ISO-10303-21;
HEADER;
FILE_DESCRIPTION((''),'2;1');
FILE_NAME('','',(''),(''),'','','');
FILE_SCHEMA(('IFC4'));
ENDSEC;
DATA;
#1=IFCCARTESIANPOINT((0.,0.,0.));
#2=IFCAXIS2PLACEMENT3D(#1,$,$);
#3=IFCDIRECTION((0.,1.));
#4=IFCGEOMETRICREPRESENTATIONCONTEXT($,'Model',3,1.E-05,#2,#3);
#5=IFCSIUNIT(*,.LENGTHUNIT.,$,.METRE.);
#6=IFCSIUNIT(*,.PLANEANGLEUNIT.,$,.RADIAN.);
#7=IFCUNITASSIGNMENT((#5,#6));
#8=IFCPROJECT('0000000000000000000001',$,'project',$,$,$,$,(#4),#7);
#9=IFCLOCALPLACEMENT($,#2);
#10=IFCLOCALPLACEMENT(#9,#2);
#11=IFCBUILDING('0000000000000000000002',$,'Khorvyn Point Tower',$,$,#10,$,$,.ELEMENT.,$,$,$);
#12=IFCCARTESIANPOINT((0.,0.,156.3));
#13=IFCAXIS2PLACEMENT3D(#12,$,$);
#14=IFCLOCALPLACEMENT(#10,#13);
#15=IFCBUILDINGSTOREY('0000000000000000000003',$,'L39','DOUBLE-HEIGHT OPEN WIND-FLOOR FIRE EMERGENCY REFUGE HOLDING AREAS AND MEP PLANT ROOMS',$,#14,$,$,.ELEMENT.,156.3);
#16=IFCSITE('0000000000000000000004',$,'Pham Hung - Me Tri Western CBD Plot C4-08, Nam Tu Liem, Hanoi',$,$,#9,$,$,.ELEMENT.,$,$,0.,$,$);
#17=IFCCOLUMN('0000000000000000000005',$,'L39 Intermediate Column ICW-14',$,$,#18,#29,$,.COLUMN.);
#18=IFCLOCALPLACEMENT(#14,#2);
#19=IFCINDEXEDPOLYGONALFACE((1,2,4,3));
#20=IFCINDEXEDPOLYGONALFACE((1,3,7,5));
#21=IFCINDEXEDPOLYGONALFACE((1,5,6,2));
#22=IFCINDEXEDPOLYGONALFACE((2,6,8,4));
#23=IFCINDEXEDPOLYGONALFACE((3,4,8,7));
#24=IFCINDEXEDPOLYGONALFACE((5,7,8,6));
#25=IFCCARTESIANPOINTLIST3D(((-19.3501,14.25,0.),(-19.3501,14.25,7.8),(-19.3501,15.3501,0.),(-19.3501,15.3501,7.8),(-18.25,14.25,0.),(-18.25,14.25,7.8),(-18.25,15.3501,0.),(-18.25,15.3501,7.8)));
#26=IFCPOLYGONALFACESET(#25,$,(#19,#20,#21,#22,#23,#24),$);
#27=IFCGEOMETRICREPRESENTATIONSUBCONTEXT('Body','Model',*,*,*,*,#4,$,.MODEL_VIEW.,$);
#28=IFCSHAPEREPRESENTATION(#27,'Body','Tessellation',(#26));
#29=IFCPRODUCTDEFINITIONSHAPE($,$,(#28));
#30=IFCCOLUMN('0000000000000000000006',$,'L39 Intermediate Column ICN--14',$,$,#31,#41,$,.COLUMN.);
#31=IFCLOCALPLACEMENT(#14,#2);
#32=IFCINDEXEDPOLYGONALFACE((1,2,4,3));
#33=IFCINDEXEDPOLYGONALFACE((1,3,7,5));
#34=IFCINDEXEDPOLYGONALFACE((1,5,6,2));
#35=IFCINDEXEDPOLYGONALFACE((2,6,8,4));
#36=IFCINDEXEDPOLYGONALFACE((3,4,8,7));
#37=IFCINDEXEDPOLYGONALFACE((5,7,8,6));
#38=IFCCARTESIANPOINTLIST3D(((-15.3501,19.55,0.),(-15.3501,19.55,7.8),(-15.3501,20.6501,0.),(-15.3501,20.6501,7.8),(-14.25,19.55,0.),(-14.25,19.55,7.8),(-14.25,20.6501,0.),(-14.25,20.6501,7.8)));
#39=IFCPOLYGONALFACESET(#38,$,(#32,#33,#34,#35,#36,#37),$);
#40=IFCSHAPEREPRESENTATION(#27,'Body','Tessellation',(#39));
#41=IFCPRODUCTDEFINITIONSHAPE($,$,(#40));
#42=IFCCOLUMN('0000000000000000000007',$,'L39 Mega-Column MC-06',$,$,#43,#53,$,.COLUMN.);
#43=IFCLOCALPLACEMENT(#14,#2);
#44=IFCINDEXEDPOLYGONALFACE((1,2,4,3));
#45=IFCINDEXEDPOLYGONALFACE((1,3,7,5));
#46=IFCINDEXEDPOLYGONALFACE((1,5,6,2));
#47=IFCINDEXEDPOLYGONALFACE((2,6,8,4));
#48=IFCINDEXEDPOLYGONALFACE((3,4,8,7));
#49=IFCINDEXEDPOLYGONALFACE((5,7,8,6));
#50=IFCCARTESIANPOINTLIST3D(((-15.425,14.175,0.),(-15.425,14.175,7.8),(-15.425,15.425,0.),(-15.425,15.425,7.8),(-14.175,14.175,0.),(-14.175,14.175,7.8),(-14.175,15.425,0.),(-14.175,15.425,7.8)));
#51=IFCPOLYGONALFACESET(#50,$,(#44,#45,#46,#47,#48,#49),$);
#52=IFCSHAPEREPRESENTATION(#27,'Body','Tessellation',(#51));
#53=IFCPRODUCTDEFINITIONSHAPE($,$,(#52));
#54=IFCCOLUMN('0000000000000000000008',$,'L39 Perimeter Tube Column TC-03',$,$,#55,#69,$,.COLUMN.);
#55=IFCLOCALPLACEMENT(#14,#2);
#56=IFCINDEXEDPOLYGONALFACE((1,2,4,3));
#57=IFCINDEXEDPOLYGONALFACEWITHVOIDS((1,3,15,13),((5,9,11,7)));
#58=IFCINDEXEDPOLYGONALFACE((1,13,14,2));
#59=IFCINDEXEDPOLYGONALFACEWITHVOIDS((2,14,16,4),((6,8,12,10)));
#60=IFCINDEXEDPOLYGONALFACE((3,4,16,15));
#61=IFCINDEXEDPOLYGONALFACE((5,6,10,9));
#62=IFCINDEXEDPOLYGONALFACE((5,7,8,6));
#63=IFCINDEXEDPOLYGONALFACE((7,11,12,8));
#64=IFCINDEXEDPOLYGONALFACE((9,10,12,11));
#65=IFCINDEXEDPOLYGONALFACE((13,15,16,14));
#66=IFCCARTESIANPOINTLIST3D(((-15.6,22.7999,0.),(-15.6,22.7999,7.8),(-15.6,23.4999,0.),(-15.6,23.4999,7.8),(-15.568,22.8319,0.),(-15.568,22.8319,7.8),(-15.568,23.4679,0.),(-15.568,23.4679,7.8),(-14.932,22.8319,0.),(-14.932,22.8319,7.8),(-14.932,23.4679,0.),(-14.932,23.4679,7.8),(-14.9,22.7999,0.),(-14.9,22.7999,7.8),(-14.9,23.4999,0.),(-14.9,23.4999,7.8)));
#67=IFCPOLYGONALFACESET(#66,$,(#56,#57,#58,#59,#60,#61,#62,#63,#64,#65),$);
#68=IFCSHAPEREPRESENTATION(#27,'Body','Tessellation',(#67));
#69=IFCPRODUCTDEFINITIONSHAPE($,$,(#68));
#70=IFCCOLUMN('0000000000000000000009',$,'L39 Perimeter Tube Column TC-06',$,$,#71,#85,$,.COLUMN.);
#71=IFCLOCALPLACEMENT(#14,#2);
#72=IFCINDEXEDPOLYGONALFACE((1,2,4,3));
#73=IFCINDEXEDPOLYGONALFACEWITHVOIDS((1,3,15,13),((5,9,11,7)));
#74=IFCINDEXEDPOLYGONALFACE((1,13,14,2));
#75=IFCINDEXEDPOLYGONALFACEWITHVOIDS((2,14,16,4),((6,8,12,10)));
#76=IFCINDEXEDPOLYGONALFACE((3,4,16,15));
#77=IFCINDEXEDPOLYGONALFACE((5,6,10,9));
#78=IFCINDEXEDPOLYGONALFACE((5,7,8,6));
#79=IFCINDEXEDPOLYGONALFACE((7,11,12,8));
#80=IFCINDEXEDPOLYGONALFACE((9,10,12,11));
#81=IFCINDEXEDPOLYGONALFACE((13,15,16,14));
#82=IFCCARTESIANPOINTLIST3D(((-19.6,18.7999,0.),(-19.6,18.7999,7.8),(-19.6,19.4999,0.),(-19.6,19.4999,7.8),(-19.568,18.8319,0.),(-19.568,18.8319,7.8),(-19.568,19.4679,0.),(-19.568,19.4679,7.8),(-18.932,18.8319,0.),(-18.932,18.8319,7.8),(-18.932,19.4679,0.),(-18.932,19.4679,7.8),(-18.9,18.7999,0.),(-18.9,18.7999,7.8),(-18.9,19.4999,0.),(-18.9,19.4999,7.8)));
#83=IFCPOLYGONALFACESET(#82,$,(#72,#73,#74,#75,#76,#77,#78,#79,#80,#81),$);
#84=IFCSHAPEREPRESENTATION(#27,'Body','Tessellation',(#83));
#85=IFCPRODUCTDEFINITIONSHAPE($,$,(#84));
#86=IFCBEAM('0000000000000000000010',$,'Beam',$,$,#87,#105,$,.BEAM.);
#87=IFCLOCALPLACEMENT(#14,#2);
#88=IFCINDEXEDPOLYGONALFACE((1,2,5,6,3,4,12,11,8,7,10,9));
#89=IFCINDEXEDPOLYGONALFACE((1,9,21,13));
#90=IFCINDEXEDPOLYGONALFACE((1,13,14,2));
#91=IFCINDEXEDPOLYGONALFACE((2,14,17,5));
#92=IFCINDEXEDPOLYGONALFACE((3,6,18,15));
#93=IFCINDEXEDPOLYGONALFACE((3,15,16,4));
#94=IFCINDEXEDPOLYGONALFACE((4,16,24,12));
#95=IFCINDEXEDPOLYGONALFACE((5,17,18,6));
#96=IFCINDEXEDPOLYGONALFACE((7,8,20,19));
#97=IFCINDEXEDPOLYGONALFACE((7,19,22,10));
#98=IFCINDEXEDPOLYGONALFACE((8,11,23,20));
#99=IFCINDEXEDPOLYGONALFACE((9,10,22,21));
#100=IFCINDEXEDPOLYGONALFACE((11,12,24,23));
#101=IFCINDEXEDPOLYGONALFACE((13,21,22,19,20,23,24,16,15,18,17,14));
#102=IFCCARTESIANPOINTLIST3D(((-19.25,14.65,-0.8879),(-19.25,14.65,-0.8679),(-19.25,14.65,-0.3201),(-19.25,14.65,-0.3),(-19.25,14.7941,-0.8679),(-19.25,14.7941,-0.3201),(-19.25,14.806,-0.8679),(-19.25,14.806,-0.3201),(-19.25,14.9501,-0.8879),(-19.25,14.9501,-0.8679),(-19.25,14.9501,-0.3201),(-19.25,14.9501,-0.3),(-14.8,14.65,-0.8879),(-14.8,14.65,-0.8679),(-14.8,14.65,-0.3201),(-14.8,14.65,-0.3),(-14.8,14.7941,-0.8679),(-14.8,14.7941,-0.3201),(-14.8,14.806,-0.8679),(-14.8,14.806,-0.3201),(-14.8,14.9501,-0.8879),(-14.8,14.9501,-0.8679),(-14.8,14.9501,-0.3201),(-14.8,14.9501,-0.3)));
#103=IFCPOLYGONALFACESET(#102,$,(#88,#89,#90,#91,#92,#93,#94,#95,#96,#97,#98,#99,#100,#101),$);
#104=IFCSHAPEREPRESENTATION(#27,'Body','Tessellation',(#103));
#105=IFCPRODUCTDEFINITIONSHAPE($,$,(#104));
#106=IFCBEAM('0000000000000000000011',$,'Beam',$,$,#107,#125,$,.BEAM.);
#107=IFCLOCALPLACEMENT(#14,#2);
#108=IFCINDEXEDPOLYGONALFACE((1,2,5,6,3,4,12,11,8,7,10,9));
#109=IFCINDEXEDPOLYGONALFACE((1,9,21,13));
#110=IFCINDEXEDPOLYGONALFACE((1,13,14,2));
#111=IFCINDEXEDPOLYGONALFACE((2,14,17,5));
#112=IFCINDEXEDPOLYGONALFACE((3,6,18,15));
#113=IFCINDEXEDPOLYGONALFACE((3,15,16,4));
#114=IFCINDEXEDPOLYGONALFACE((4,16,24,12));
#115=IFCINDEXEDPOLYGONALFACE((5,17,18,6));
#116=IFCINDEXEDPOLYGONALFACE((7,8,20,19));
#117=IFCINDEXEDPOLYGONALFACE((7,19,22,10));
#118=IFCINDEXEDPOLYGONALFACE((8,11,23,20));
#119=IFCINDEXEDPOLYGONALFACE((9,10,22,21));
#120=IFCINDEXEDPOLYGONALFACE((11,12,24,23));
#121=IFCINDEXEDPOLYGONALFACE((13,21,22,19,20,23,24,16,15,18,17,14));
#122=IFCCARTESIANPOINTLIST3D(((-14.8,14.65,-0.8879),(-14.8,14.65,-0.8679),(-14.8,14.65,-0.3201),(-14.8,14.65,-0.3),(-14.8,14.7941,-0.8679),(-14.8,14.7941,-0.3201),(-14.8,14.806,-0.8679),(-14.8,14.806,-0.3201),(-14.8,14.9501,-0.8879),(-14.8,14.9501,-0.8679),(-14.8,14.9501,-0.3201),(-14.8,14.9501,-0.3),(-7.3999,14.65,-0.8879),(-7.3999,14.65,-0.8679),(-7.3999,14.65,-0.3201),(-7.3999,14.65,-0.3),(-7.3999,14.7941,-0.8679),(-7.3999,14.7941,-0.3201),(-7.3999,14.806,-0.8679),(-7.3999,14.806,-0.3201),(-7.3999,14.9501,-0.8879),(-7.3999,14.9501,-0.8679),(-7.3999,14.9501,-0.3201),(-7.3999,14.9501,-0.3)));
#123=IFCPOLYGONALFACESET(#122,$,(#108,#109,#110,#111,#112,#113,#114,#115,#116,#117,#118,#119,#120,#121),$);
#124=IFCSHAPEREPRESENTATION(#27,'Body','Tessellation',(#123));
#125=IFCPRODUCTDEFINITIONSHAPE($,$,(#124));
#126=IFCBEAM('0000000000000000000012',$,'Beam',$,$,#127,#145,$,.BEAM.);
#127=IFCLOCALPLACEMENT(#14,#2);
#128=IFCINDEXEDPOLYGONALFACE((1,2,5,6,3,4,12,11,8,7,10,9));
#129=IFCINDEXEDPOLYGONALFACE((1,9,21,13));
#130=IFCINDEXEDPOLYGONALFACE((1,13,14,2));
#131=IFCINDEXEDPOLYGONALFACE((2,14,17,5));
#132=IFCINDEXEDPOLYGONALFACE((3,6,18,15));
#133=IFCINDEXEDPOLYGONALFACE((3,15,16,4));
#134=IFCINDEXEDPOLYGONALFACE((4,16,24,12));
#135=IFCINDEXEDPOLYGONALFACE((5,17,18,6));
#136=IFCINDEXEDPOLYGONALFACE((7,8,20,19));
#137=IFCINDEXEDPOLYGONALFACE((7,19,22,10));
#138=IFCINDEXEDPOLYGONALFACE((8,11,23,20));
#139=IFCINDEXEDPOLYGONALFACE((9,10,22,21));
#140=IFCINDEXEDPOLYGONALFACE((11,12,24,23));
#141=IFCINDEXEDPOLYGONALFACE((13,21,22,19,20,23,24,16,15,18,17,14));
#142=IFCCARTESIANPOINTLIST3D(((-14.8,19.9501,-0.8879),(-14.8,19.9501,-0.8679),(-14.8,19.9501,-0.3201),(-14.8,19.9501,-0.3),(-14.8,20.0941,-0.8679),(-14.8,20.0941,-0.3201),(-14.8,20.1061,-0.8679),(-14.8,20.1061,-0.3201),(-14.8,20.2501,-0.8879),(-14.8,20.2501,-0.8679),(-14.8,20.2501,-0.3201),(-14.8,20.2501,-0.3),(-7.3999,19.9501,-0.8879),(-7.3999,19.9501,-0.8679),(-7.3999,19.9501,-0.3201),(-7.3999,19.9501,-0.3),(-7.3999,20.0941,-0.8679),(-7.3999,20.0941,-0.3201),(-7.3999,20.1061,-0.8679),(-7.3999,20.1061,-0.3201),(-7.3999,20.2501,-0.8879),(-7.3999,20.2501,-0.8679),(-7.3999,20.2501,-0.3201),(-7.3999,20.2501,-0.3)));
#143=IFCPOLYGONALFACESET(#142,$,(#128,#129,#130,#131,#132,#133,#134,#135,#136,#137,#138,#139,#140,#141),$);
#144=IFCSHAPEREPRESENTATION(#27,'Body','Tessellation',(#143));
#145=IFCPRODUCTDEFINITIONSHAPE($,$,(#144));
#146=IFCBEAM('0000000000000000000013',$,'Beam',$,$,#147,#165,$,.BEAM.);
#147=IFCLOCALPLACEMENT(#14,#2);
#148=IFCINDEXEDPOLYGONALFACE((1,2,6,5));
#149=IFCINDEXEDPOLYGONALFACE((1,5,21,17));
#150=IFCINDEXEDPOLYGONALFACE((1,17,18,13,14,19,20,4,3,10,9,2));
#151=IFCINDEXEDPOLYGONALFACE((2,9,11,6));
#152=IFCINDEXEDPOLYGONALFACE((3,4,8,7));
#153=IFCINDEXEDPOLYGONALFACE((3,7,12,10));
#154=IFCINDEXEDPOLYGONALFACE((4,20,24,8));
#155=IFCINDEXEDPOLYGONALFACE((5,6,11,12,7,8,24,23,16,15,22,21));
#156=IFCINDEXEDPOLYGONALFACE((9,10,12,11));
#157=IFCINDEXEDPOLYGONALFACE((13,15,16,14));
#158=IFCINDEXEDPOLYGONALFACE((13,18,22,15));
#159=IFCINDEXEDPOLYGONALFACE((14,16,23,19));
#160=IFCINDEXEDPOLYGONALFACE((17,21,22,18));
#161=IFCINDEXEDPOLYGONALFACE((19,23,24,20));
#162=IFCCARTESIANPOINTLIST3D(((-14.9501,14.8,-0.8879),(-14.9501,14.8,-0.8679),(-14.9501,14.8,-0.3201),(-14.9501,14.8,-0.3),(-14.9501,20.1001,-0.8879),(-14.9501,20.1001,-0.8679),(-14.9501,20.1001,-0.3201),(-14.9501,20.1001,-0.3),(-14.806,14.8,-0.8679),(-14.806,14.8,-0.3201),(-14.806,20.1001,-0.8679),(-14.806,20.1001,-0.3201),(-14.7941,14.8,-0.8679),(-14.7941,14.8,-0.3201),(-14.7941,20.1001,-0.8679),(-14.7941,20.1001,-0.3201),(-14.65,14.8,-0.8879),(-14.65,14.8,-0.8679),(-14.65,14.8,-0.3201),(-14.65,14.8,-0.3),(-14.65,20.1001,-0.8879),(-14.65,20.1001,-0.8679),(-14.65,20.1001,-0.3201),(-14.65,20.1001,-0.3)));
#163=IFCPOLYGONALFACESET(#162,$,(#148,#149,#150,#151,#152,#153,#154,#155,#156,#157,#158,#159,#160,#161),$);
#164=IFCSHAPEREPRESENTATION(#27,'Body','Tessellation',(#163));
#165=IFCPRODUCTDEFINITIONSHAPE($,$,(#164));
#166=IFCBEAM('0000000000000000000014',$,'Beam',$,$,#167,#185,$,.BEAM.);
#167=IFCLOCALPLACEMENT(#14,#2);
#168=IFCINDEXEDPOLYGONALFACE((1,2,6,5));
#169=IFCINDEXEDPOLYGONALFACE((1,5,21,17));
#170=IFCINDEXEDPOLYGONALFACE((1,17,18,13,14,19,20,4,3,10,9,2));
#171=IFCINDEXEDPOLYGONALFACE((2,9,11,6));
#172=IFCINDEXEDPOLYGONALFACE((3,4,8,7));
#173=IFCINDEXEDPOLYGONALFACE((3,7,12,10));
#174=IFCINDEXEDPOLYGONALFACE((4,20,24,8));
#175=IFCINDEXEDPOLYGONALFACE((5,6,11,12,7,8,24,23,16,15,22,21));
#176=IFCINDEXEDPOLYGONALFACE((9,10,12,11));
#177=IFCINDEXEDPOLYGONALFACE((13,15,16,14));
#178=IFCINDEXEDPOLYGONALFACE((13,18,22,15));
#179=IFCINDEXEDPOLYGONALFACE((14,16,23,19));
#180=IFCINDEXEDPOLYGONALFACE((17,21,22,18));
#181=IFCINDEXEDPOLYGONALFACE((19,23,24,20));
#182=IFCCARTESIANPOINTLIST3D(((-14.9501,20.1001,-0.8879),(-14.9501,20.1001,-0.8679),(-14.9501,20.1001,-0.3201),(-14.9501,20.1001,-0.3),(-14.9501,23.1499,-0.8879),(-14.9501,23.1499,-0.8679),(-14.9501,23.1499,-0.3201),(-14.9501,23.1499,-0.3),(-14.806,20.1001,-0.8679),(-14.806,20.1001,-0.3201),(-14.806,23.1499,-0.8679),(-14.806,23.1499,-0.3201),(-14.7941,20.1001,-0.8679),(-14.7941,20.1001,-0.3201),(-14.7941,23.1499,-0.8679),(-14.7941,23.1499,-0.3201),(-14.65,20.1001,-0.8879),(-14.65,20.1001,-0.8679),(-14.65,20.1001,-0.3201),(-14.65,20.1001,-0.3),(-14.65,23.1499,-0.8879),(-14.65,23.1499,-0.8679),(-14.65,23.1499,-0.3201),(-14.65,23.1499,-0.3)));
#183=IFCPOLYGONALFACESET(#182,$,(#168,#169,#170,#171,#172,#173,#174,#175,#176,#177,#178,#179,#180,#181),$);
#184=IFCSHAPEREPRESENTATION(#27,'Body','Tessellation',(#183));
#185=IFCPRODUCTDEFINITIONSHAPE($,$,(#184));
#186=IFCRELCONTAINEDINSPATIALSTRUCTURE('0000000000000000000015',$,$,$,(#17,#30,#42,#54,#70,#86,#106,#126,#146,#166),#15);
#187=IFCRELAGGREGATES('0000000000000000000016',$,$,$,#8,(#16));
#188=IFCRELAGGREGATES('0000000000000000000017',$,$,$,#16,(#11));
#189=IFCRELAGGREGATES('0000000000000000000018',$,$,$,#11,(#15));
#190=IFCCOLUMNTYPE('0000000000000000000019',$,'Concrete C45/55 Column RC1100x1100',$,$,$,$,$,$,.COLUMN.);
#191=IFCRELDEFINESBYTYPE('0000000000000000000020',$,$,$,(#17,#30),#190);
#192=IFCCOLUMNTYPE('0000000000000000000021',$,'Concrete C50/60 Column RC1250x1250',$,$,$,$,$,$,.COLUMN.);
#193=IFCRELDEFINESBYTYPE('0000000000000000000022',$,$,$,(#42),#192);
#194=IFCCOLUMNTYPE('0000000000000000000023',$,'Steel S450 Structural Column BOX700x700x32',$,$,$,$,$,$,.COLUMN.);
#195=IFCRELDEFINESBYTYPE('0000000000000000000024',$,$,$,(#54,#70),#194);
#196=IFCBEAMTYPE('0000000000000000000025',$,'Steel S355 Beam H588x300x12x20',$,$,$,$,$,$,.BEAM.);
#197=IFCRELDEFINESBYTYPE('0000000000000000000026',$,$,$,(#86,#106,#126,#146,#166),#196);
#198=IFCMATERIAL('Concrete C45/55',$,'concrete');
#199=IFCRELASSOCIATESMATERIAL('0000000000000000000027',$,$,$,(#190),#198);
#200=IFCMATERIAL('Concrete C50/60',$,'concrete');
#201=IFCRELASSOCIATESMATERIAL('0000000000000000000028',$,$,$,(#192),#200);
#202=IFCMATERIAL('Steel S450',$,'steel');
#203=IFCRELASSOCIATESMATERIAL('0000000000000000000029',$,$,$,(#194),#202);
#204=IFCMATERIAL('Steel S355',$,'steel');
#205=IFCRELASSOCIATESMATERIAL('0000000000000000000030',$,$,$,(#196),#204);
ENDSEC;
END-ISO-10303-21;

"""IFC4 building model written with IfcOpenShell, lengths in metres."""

from ifc_helpers import new_model, si_unit, direction, frame, origin, origin_2d, place, context, subcontext, project, spatial, rectangle, hollow_rectangle, i_section, extrude, material, material_profile, profile_set, type_object, element, save


model = new_model("IFC4")

# Units and contexts
model_context = context("Model", 3, precision=1e-05, world=origin(), true_north=direction((0.0, 1.0)))
body_context = subcontext(model_context, "Body", "Model", "MODEL_VIEW")
ifc_project = project(units=[si_unit("LENGTHUNIT", "METRE"), si_unit("PLANEANGLEUNIT", "RADIAN")], contexts=[model_context])

# Site, building, storey
site_placement = place(None, origin())
site = spatial("IfcSite", under=ifc_project, at=site_placement, Name="Pham Hung - Me Tri Western CBD Plot C4-08, Nam Tu Liem, Hanoi", CompositionType="ELEMENT", RefElevation=0.0)
building_placement = place(site_placement, origin())
building = spatial("IfcBuilding", under=site, at=building_placement, Name="Khorvyn Point Tower", CompositionType="ELEMENT")
storey_placement = place(building_placement, frame((0.0, 0.0, 156.3)))
storey = spatial("IfcBuildingStorey", under=building, at=storey_placement, Name="L39", Description="DOUBLE-HEIGHT OPEN WIND-FLOOR FIRE EMERGENCY REFUGE HOLDING AREAS AND MEP PLANT ROOMS", CompositionType="ELEMENT", Elevation=156.3)

# Columns
ifc_material_1 = material(Name="Concrete C45/55", Category="concrete")
ifc_material_profile_1 = material_profile(ifc_material_1, rectangle(XDim=1.1001, YDim=1.1001, at=origin_2d()))
ifc_profile_set_1 = profile_set([ifc_material_profile_1], Name="Concrete C45/55 RC1100x1100")
column_type_1 = type_object("IfcColumnType", Name="Concrete C45/55 Column RC1100x1100", PredefinedType="COLUMN", material=ifc_profile_set_1)
for number, where, z_axis, x_axis, name in (
    (1, (-18.8, 14.8, 0.0), (0.0, 0.0, 1.0), (1.0, 0.0, 0.0), "L39 Intermediate Column ICW-14"),
    (2, (-14.8, 20.1001, 0.0), (0.0, 0.0, 1.0), (1.0, 0.0, 0.0), "L39 Intermediate Column ICN--14"),
):
    element("IfcColumn", number, at=place(storey_placement, frame(where, z_axis=z_axis, x_axis=x_axis)), inside=storey, type_object=column_type_1, Name=name, PredefinedType="COLUMN", context=body_context, shape_type="SweptSolid", body=[
        extrude(rectangle(XDim=1.1001, YDim=1.1001, at=origin_2d()), origin(), (0.0, 0.0, 1.0), 7.8),
    ])
ifc_material_2 = material(Name="Concrete C50/60", Category="concrete")
ifc_material_profile_2 = material_profile(ifc_material_2, rectangle(XDim=1.25, YDim=1.25, at=origin_2d()))
ifc_profile_set_2 = profile_set([ifc_material_profile_2], Name="Concrete C50/60 RC1250x1250")
column_type_2 = type_object("IfcColumnType", Name="Concrete C50/60 Column RC1250x1250", PredefinedType="COLUMN", material=ifc_profile_set_2)
column_placement = place(storey_placement, frame((-14.8, 14.8, 0.0), z_axis=(0.0, 0.0, 1.0), x_axis=(1.0, 0.0, 0.0)))
element("IfcColumn", 3, at=column_placement, inside=storey, type_object=column_type_2, Name="L39 Mega-Column MC-06", PredefinedType="COLUMN", context=body_context, shape_type="SweptSolid", body=[
    extrude(rectangle(XDim=1.25, YDim=1.25, at=origin_2d()), origin(), (0.0, 0.0, 1.0), 7.8),
])
ifc_material_3 = material(Name="Steel S450", Category="steel")
ifc_material_profile_3 = material_profile(ifc_material_3, hollow_rectangle(XDim=0.7, YDim=0.7, WallThickness=0.032, at=origin_2d()))
ifc_profile_set_3 = profile_set([ifc_material_profile_3], Name="Steel S450 BOX700x700x32")
column_type_3 = type_object("IfcColumnType", Name="Steel S450 Structural Column BOX700x700x32", PredefinedType="COLUMN", material=ifc_profile_set_3)
for number, where, z_axis, x_axis, name in (
    (4, (-15.25, 23.1499, 0.0), (0.0, 0.0, 1.0), (1.0, 0.0, 0.0), "L39 Perimeter Tube Column TC-03"),
    (5, (-19.25, 19.1499, 0.0), (0.0, 0.0, 1.0), (1.0, 0.0, 0.0), "L39 Perimeter Tube Column TC-06"),
):
    element("IfcColumn", number, at=place(storey_placement, frame(where, z_axis=z_axis, x_axis=x_axis)), inside=storey, type_object=column_type_3, Name=name, PredefinedType="COLUMN", context=body_context, shape_type="SweptSolid", body=[
        extrude(hollow_rectangle(XDim=0.7, YDim=0.7, WallThickness=0.032, at=origin_2d()), origin(), (0.0, 0.0, 1.0), 7.8),
    ])

# Beams
ifc_material_4 = material(Name="Steel S355", Category="steel")
ifc_material_profile_4 = material_profile(ifc_material_4, i_section(OverallWidth=0.3, OverallDepth=0.5879, WebThickness=0.012, FlangeThickness=0.02, at=origin_2d()))
ifc_profile_set_4 = profile_set([ifc_material_profile_4], Name="Steel S355 H588x300x12x20")
beam_type_1 = type_object("IfcBeamType", Name="Steel S355 Beam H588x300x12x20", PredefinedType="BEAM", material=ifc_profile_set_4)
beam_1_placement = place(storey_placement, frame((-19.25, 14.8, -0.594), z_axis=(1.0, 0.0, 0.0), x_axis=(0.0, 1.0, 0.0)))
element("IfcBeam", 6, at=beam_1_placement, inside=storey, type_object=beam_type_1, Name="Beam", PredefinedType="BEAM", context=body_context, shape_type="SweptSolid", body=[
    extrude(i_section(OverallWidth=0.3, OverallDepth=0.5879, WebThickness=0.012, FlangeThickness=0.02, at=origin_2d()), origin(), (0.0, 0.0, 1.0), 4.45),
])
for number, where, z_axis, x_axis, name in (
    (7, (-14.8, 14.8, -0.594), (1.0, 0.0, 0.0), (0.0, 1.0, 0.0), "Beam"),
    (8, (-14.8, 20.1001, -0.594), (1.0, 0.0, 0.0), (0.0, 1.0, 0.0), "Beam"),
):
    element("IfcBeam", number, at=place(storey_placement, frame(where, z_axis=z_axis, x_axis=x_axis)), inside=storey, type_object=beam_type_1, Name=name, PredefinedType="BEAM", context=body_context, shape_type="SweptSolid", body=[
        extrude(i_section(OverallWidth=0.3, OverallDepth=0.5879, WebThickness=0.012, FlangeThickness=0.02, at=origin_2d()), origin(), (0.0, 0.0, 1.0), 7.4001),
    ])
beam_2_placement = place(storey_placement, frame((-14.8, 14.8, -0.594), z_axis=(0.0, 1.0, 0.0), x_axis=(-1.0, 0.0, 0.0)))
element("IfcBeam", 9, at=beam_2_placement, inside=storey, type_object=beam_type_1, Name="Beam", PredefinedType="BEAM", context=body_context, shape_type="SweptSolid", body=[
    extrude(i_section(OverallWidth=0.3, OverallDepth=0.5879, WebThickness=0.012, FlangeThickness=0.02, at=origin_2d()), origin(), (0.0, 0.0, 1.0), 5.3),
])
beam_3_placement = place(storey_placement, frame((-14.8, 20.1001, -0.594), z_axis=(0.0, 1.0, 0.0), x_axis=(-1.0, 0.0, 0.0)))
element("IfcBeam", 10, at=beam_3_placement, inside=storey, type_object=beam_type_1, Name="Beam", PredefinedType="BEAM", context=body_context, shape_type="SweptSolid", body=[
    extrude(i_section(OverallWidth=0.3, OverallDepth=0.5879, WebThickness=0.012, FlangeThickness=0.02, at=origin_2d()), origin(), (0.0, 0.0, 1.0), 3.0498),
])

save(model, "model.ifc")
